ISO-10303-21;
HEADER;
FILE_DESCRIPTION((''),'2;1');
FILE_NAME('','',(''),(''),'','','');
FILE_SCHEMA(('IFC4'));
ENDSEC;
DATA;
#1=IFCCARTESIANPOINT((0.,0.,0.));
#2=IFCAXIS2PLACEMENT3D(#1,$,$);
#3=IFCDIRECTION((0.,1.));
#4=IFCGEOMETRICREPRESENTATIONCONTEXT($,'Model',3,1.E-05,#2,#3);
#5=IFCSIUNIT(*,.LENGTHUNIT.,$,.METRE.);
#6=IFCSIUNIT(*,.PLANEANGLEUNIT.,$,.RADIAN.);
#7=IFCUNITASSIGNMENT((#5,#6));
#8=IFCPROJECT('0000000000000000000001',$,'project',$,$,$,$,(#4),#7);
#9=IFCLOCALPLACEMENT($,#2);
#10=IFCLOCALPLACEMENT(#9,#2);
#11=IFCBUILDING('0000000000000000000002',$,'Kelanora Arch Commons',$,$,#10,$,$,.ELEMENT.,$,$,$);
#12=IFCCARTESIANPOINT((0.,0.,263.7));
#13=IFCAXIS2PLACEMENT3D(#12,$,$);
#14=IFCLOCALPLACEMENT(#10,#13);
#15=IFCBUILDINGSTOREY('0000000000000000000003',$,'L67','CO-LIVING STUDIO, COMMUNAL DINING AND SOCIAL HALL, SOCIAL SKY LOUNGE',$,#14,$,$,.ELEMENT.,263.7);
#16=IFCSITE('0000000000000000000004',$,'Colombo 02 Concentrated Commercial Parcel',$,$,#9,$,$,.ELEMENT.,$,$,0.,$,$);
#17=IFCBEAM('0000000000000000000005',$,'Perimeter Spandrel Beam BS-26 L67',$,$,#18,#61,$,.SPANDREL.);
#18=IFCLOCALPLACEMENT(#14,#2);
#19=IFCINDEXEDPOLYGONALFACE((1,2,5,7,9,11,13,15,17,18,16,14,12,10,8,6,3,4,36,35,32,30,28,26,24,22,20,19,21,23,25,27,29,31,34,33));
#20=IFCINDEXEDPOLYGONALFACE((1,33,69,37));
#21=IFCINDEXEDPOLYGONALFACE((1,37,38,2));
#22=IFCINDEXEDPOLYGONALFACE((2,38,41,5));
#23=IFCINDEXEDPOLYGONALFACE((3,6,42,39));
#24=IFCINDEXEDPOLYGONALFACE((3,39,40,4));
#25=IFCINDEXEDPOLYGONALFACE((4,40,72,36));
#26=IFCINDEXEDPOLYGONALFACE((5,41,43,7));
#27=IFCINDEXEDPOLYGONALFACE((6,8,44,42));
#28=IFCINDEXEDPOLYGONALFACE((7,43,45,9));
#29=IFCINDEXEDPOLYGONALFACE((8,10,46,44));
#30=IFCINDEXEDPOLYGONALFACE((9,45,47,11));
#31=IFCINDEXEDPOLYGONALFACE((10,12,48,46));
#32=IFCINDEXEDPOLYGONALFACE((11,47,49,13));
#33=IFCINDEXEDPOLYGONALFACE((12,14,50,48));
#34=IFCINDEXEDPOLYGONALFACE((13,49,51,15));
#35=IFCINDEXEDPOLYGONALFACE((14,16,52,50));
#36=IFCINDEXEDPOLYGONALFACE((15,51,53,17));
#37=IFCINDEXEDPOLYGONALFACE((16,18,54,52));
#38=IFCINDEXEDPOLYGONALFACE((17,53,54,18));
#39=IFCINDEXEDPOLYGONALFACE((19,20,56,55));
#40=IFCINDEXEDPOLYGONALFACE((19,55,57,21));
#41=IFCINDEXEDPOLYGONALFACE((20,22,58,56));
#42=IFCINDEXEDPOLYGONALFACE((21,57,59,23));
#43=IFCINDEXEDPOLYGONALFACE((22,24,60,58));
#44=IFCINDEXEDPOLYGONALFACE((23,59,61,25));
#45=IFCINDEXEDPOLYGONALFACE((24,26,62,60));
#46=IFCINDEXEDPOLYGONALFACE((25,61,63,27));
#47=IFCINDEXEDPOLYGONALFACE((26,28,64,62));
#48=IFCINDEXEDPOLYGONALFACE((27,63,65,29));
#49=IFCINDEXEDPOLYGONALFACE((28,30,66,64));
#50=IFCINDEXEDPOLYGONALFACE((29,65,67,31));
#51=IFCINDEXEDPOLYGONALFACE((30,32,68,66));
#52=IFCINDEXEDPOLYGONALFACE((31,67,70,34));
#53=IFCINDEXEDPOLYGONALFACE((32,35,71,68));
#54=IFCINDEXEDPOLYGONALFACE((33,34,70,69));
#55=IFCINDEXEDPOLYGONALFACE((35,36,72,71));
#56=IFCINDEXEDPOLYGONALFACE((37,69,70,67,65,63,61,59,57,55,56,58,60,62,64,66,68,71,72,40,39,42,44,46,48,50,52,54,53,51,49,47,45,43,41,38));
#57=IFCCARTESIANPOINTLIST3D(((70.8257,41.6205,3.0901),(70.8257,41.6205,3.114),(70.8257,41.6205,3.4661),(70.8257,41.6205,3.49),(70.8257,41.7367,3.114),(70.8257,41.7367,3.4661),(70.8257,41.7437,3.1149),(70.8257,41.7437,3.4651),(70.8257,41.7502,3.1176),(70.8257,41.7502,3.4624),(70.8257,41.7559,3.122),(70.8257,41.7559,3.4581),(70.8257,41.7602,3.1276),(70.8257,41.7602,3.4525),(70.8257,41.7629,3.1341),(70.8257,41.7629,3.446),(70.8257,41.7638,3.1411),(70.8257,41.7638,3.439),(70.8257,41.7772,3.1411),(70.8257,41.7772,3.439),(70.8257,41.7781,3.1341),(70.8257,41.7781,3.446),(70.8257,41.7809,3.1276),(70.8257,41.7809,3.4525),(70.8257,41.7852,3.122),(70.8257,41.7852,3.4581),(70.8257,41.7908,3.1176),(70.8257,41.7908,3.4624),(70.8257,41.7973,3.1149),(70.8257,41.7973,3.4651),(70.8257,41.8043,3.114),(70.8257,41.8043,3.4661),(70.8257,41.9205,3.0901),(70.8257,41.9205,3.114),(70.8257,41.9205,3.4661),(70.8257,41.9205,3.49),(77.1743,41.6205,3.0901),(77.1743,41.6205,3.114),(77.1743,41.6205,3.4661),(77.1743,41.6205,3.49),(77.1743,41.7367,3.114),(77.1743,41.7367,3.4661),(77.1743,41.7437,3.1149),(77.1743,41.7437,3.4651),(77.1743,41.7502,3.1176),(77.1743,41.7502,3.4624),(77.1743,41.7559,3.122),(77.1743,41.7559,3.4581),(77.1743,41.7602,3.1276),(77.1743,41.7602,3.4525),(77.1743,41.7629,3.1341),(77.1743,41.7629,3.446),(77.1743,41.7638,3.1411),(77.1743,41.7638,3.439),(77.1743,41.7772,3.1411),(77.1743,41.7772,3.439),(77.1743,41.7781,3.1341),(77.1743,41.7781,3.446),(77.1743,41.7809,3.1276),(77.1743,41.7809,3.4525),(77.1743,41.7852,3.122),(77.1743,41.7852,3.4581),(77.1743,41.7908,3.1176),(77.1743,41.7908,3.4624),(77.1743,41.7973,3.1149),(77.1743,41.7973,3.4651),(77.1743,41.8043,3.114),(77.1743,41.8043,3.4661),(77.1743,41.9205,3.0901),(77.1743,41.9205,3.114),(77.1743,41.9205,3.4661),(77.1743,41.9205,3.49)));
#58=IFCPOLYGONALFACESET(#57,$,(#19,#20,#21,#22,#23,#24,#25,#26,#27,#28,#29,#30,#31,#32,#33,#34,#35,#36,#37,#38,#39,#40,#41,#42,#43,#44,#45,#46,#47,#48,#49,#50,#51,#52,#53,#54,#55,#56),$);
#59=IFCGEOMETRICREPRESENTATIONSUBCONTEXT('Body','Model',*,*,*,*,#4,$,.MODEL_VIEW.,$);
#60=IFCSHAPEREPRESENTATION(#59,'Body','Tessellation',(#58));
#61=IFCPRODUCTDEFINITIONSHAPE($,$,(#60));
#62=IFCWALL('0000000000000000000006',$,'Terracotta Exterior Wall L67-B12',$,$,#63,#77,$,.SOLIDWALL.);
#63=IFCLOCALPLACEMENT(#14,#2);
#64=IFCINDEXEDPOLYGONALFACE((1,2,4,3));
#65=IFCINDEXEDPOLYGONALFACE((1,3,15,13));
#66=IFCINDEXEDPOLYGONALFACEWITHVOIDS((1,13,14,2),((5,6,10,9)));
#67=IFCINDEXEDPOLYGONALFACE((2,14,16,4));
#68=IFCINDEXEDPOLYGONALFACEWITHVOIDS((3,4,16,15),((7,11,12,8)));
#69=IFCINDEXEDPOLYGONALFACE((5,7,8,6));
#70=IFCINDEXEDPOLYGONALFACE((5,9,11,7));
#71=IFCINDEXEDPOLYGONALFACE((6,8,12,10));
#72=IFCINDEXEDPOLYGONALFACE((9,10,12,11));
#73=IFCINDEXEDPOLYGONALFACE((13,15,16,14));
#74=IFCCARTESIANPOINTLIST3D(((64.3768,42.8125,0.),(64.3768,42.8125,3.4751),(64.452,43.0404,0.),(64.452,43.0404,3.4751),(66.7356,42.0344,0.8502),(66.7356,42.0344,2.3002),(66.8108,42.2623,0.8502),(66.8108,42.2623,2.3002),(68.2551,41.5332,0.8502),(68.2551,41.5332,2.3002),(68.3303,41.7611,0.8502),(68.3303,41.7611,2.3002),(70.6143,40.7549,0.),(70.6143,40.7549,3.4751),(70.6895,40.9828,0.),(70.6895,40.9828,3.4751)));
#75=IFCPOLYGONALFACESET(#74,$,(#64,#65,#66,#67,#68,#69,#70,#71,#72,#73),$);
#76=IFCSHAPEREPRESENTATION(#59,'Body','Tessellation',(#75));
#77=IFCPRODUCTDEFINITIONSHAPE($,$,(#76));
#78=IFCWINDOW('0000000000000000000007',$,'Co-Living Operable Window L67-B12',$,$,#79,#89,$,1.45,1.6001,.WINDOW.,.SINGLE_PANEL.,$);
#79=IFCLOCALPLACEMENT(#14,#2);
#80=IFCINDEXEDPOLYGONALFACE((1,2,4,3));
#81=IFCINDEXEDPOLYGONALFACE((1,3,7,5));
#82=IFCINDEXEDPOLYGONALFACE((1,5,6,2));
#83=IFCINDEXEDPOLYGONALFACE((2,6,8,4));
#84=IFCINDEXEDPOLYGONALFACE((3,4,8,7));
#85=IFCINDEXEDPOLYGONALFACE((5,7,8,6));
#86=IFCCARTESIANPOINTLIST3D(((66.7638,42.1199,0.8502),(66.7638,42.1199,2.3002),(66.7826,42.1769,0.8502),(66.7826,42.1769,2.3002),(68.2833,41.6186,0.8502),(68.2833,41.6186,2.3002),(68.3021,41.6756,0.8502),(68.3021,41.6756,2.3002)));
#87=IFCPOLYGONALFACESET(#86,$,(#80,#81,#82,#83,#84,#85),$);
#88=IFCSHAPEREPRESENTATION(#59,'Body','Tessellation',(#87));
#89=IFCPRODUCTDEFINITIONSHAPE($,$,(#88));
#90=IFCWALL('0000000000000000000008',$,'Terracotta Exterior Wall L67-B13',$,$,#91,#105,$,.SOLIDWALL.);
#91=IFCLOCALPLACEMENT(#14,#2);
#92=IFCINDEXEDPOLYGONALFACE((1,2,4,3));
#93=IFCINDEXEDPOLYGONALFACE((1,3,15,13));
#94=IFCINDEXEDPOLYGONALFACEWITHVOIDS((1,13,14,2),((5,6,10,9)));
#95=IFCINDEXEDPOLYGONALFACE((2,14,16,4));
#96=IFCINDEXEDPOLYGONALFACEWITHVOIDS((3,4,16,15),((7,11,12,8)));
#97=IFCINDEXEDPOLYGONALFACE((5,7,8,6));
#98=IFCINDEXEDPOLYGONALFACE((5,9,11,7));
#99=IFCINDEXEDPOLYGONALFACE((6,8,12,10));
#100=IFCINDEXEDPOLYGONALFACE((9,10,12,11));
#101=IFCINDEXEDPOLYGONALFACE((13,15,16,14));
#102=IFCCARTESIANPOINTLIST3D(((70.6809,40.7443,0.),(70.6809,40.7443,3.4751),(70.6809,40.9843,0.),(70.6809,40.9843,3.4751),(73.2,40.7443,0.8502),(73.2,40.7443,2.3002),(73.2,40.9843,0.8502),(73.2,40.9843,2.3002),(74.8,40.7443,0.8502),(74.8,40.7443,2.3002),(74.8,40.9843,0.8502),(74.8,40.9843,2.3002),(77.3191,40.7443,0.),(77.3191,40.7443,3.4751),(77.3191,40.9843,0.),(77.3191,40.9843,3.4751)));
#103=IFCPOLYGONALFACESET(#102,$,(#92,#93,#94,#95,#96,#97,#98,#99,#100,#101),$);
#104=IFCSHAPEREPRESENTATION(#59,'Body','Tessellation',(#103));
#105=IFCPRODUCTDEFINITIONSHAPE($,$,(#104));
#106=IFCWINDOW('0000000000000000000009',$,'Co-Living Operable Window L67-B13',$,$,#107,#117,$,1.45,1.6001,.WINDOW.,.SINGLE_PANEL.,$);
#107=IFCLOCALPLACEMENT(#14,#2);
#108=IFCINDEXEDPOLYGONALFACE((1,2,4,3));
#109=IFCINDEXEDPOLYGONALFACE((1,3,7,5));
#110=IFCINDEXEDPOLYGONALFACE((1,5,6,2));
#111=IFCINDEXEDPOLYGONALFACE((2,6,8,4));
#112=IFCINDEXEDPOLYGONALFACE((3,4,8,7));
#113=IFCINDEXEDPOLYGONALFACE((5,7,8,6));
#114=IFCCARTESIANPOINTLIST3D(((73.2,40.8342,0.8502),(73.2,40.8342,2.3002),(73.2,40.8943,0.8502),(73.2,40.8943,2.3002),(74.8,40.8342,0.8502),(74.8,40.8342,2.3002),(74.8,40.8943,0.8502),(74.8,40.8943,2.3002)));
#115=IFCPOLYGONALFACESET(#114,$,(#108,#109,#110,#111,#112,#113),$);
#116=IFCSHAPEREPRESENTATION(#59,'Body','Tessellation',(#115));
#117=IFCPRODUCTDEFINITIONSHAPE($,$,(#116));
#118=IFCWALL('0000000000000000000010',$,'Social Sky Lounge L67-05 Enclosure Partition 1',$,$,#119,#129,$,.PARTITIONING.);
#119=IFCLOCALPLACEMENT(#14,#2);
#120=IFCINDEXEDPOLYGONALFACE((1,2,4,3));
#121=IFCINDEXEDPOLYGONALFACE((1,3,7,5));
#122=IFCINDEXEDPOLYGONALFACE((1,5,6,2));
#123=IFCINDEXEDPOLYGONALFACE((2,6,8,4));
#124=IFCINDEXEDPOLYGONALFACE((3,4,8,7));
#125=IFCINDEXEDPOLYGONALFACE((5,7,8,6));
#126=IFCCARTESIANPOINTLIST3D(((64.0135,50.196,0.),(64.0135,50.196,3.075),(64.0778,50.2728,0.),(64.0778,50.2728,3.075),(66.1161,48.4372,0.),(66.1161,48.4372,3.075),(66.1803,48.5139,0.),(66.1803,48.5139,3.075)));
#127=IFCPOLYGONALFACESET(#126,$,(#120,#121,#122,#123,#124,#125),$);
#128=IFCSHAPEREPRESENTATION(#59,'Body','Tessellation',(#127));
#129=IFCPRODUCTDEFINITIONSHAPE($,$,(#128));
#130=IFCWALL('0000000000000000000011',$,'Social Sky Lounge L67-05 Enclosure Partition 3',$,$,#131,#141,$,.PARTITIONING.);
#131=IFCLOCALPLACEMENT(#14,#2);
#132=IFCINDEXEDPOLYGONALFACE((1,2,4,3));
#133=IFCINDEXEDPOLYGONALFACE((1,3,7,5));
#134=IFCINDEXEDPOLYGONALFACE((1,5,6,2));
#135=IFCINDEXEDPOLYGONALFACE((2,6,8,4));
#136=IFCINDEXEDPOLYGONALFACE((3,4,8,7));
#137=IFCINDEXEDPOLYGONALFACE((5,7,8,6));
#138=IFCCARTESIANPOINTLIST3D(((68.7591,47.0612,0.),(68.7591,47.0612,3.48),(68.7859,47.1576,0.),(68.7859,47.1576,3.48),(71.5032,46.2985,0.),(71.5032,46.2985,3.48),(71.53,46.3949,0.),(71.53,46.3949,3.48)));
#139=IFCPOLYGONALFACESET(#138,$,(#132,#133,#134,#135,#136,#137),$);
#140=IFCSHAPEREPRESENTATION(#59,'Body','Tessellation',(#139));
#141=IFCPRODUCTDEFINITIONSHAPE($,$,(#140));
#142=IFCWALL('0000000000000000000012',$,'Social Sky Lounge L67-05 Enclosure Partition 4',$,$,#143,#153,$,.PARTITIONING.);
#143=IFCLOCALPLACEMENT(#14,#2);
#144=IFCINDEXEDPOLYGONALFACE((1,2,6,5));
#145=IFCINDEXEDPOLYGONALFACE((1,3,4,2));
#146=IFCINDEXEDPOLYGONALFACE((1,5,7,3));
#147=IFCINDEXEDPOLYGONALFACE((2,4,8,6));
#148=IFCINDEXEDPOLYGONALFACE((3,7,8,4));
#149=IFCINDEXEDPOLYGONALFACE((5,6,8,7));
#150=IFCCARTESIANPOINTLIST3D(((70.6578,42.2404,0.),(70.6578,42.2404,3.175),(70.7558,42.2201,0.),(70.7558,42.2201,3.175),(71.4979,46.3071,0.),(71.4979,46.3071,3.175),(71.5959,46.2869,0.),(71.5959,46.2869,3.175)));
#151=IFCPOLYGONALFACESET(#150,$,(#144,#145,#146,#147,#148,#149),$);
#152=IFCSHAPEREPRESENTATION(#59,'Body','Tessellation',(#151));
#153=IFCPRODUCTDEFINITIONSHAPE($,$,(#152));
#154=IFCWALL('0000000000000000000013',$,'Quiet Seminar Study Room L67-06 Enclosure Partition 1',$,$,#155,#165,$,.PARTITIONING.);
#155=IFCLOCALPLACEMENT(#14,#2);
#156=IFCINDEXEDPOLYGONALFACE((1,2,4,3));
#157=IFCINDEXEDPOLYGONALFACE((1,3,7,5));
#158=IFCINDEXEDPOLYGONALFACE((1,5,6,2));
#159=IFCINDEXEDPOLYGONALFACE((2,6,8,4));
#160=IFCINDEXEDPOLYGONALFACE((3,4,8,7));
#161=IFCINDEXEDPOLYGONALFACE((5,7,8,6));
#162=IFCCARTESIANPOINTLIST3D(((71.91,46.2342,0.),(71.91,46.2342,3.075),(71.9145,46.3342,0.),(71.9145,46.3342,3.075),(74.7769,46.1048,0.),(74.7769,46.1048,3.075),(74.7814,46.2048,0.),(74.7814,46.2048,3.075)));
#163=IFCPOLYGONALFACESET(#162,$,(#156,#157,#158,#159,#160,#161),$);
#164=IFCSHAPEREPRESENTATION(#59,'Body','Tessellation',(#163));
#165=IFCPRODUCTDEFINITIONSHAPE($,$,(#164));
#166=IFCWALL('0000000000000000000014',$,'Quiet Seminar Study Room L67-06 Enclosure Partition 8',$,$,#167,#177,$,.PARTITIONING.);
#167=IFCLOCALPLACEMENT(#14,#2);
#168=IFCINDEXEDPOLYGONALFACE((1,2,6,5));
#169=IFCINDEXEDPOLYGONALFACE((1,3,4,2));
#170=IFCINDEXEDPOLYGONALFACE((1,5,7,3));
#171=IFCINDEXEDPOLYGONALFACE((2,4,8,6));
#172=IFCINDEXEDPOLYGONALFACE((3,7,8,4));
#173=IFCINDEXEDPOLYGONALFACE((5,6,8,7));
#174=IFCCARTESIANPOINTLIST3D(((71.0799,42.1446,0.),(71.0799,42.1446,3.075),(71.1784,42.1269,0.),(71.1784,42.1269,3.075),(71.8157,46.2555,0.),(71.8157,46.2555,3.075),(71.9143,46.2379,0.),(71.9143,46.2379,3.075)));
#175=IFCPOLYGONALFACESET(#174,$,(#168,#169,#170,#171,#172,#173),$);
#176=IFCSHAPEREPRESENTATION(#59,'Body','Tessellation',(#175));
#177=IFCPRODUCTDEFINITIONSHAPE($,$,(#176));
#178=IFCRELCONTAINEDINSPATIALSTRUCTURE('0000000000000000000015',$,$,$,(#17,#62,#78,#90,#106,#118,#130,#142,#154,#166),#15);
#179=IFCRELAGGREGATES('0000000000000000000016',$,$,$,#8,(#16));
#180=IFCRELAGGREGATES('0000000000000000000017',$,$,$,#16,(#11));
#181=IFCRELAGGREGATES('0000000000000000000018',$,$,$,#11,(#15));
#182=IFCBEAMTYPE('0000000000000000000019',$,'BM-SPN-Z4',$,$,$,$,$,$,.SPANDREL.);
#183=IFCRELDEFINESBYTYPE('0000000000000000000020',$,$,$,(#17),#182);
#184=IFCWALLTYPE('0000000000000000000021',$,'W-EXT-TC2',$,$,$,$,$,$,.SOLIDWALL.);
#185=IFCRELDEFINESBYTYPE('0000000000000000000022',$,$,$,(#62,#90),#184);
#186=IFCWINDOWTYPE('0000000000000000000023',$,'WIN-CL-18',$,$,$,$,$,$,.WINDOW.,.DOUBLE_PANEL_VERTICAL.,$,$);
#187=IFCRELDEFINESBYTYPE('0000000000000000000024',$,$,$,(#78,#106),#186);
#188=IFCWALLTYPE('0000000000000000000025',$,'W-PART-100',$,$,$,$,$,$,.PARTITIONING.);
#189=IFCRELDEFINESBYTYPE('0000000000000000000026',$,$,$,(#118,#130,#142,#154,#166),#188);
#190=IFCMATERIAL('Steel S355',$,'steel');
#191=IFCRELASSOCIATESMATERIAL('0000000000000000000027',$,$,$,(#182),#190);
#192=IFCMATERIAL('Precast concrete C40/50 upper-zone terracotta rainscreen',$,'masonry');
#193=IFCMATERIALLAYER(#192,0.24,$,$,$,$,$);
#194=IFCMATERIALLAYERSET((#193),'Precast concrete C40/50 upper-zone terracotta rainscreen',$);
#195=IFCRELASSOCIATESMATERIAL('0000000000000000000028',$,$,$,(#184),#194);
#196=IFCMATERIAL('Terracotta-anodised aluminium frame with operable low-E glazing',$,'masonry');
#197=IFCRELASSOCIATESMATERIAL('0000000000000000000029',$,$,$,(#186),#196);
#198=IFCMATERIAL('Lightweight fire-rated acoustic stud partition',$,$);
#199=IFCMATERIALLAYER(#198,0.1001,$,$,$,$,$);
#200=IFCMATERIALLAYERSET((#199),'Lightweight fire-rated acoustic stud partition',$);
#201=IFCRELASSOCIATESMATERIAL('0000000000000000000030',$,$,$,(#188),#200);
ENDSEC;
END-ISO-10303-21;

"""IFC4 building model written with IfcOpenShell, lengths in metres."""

from ifc_helpers import new_model, si_unit, direction, frame, frame_2d, origin, origin_2d, place, context, subcontext, project, spatial, rectangle, i_section, extrude, material, layer, layer_set, material_profile, profile_set, type_object, element, fill, save


model = new_model("IFC4")

# Units and contexts
model_context = context("Model", 3, precision=1e-05, world=origin(), true_north=direction((0.0, 1.0)))
body_context = subcontext(model_context, "Body", "Model", "MODEL_VIEW")
ifc_project = project(units=[si_unit("LENGTHUNIT", "METRE"), si_unit("PLANEANGLEUNIT", "RADIAN")], contexts=[model_context])

# Site, building, storey
site_placement = place(None, origin())
site = spatial("IfcSite", under=ifc_project, at=site_placement, Name="Colombo 02 Concentrated Commercial Parcel", CompositionType="ELEMENT", RefElevation=0.0)
building_placement = place(site_placement, origin())
building = spatial("IfcBuilding", under=site, at=building_placement, Name="Kelanora Arch Commons", CompositionType="ELEMENT")
storey_placement = place(building_placement, frame((0.0, 0.0, 263.7)))
storey = spatial("IfcBuildingStorey", under=building, at=storey_placement, Name="L67", Description="CO-LIVING STUDIO, COMMUNAL DINING AND SOCIAL HALL, SOCIAL SKY LOUNGE", CompositionType="ELEMENT", Elevation=263.7)

# Beam
ifc_material_1 = material(Name="Steel S355", Category="steel")
ifc_material_profile_1 = material_profile(ifc_material_1, i_section(OverallWidth=0.3, OverallDepth=0.3999, WebThickness=0.0134, FlangeThickness=0.0239, FilletRadius=0.0271, at=origin_2d()), Name="HEB400")
ifc_profile_set_1 = profile_set([ifc_material_profile_1], Name="Steel S355")
beam_type_1 = type_object("IfcBeamType", Name="BM-SPN-Z4", PredefinedType="SPANDREL", material=ifc_profile_set_1)
beam_1_placement = place(storey_placement, frame((70.8257, 41.7705, 3.29), z_axis=(1.0, 0.0, 0.0), x_axis=(0.0, 1.0, 0.0)))
element("IfcBeam", 1, at=beam_1_placement, inside=storey, type_object=beam_type_1, Name="Perimeter Spandrel Beam BS-26 L67", PredefinedType="SPANDREL", context=body_context, shape_type="SweptSolid", body=[
    extrude(i_section(OverallWidth=0.3, OverallDepth=0.3999, WebThickness=0.0134, FlangeThickness=0.0239, FilletRadius=0.0271, at=origin_2d()), origin(), (0.0, 0.0, 1.0), 6.3486),
])

# Walls, openings, windows
ifc_material_2 = material(Name="Precast concrete C40/50 upper-zone terracotta rainscreen", Category="masonry")
ifc_layer_1 = layer(ifc_material_2, 0.24)
ifc_layer_set_1 = layer_set([ifc_layer_1], Name="Precast concrete C40/50 upper-zone terracotta rainscreen")
wall_type_1 = type_object("IfcWallType", Name="W-EXT-TC2", PredefinedType="SOLIDWALL", material=ifc_layer_set_1)
wall_1_placement = place(storey_placement, frame((64.4143, 42.9265, 0.0), z_axis=(0.0, 0.0, 1.0), x_axis=(0.949664, -0.313271, 0.0)))
wall_1 = element("IfcWall", 2, at=wall_1_placement, inside=storey, type_object=wall_type_1, Name="Terracotta Exterior Wall L67-B12", PredefinedType="SOLIDWALL", context=body_context, shape_type="SweptSolid", body=[
    extrude(rectangle(XDim=6.5681, YDim=0.24, at=frame_2d((3.2842, 0.0))), origin(), (0.0, 0.0, 1.0), 3.4751),
])
opening_1_placement = place(wall_1_placement, frame((2.4839, 0.0, 0.8501)))
opening_1 = element("IfcOpeningElement", 3, at=opening_1_placement, cuts=wall_1, PredefinedType="OPENING", context=body_context, shape_type="SweptSolid", body=[
    extrude(rectangle(XDim=1.6001, YDim=1.45, at=frame_2d((0.8, 0.7251))), frame((0.0, 0.1299, 0.0), z_axis=(0.0, -1.0, 0.0), x_axis=(1.0, 0.0, 0.0)), (0.0, 0.0, 1.0), 0.26),
])
ifc_material_3 = material(Name="Terracotta-anodised aluminium frame with operable low-E glazing", Category="masonry")
window_type = type_object("IfcWindowType", Name="WIN-CL-18", PartitioningType="DOUBLE_PANEL_VERTICAL", PredefinedType="WINDOW", material=ifc_material_3)
window_1_placement = place(opening_1_placement, origin())
window_1 = element("IfcWindow", 4, at=window_1_placement, inside=storey, type_object=window_type, Name="Co-Living Operable Window L67-B12", OverallHeight=1.45, OverallWidth=1.6001, PartitioningType="SINGLE_PANEL", PredefinedType="WINDOW", context=body_context, shape_type="SweptSolid", body=[
    extrude(rectangle(XDim=1.6001, YDim=1.45, at=frame_2d((0.8, 0.7251))), frame((0.0, 0.03, 0.0), z_axis=(0.0, -1.0, 0.0), x_axis=(1.0, 0.0, 0.0)), (0.0, 0.0, 1.0), 0.0601),
])
fill(opening_1, window_1)
wall_2_placement = place(storey_placement, frame((70.6809, 40.8643, 0.0), z_axis=(0.0, 0.0, 1.0), x_axis=(1.0, 0.0, 0.0)))
wall_2 = element("IfcWall", 5, at=wall_2_placement, inside=storey, type_object=wall_type_1, Name="Terracotta Exterior Wall L67-B13", PredefinedType="SOLIDWALL", context=body_context, shape_type="SweptSolid", body=[
    extrude(rectangle(XDim=6.6382, YDim=0.24, at=frame_2d((3.3191, 0.0))), origin(), (0.0, 0.0, 1.0), 3.4751),
])
opening_2_placement = place(wall_2_placement, frame((2.519, 0.0, 0.8501)))
opening_2 = element("IfcOpeningElement", 6, at=opening_2_placement, cuts=wall_2, PredefinedType="OPENING", context=body_context, shape_type="SweptSolid", body=[
    extrude(rectangle(XDim=1.6001, YDim=1.45, at=frame_2d((0.8, 0.7251))), frame((0.0, 0.1299, 0.0), z_axis=(0.0, -1.0, 0.0), x_axis=(1.0, 0.0, 0.0)), (0.0, 0.0, 1.0), 0.26),
])
window_2_placement = place(opening_2_placement, origin())
window_2 = element("IfcWindow", 7, at=window_2_placement, inside=storey, type_object=window_type, Name="Co-Living Operable Window L67-B13", OverallHeight=1.45, OverallWidth=1.6001, PartitioningType="SINGLE_PANEL", PredefinedType="WINDOW", context=body_context, shape_type="SweptSolid", body=[
    extrude(rectangle(XDim=1.6001, YDim=1.45, at=frame_2d((0.8, 0.7251))), frame((0.0, 0.03, 0.0), z_axis=(0.0, -1.0, 0.0), x_axis=(1.0, 0.0, 0.0)), (0.0, 0.0, 1.0), 0.0601),
])
fill(opening_2, window_2)

# Walls
ifc_material_4 = material(Name="Lightweight fire-rated acoustic stud partition")
ifc_layer_2 = layer(ifc_material_4, 0.1001)
ifc_layer_set_2 = layer_set([ifc_layer_2], Name="Lightweight fire-rated acoustic stud partition")
wall_type_2 = type_object("IfcWallType", Name="W-PART-100", PredefinedType="PARTITIONING", material=ifc_layer_set_2)
wall_3_placement = place(storey_placement, frame((64.0457, 50.2344, 0.0), z_axis=(0.0, 0.0, 1.0), x_axis=(0.767023, -0.64162, 0.0)))
element("IfcWall", 8, at=wall_3_placement, inside=storey, type_object=wall_type_2, Name="Social Sky Lounge L67-05 Enclosure Partition 1", PredefinedType="PARTITIONING", context=body_context, shape_type="SweptSolid", body=[
    extrude(rectangle(XDim=2.7412, YDim=0.1001, at=frame_2d((1.3706, 0.0))), origin(), (0.0, 0.0, 1.0), 3.075),
])
wall_4_placement = place(storey_placement, frame((68.7725, 47.1094, 0.0), z_axis=(0.0, 0.0, 1.0), x_axis=(0.963479, -0.267785, 0.0)))
element("IfcWall", 9, at=wall_4_placement, inside=storey, type_object=wall_type_2, Name="Social Sky Lounge L67-05 Enclosure Partition 3", PredefinedType="PARTITIONING", context=body_context, shape_type="SweptSolid", body=[
    extrude(rectangle(XDim=2.8481, YDim=0.1001, at=frame_2d((1.4241, 0.0))), origin(), (0.0, 0.0, 1.0), 3.48),
])
wall_5_placement = place(storey_placement, frame((71.5469, 46.2969, 0.0), z_axis=(0.0, 0.0, 1.0), x_axis=(-0.202308, -0.979322, 0.0)))
element("IfcWall", 10, at=wall_5_placement, inside=storey, type_object=wall_type_2, Name="Social Sky Lounge L67-05 Enclosure Partition 4", PredefinedType="PARTITIONING", context=body_context, shape_type="SweptSolid", body=[
    extrude(rectangle(XDim=4.1526, YDim=0.1001, at=frame_2d((2.0762, 0.0))), origin(), (0.0, 0.0, 1.0), 3.175),
])
wall_6_placement = place(storey_placement, frame((71.9121, 46.2842, 0.0), z_axis=(0.0, 0.0, 1.0), x_axis=(0.998983, -0.045087, 0.0)))
element("IfcWall", 11, at=wall_6_placement, inside=storey, type_object=wall_type_2, Name="Quiet Seminar Study Room L67-06 Enclosure Partition 1", PredefinedType="PARTITIONING", context=body_context, shape_type="SweptSolid", body=[
    extrude(rectangle(XDim=2.8699, YDim=0.1001, at=frame_2d((1.4351, 0.0))), origin(), (0.0, 0.0, 1.0), 3.075),
])
wall_7_placement = place(storey_placement, frame((71.1292, 42.1357, 0.0), z_axis=(0.0, 0.0, 1.0), x_axis=(0.176199, 0.984355, 0.0)))
element("IfcWall", 12, at=wall_7_placement, inside=storey, type_object=wall_type_2, Name="Quiet Seminar Study Room L67-06 Enclosure Partition 8", PredefinedType="PARTITIONING", context=body_context, shape_type="SweptSolid", body=[
    extrude(rectangle(XDim=4.1763, YDim=0.1001, at=frame_2d((2.0881, 0.0))), origin(), (0.0, 0.0, 1.0), 3.075),
])

save(model, "model.ifc")
